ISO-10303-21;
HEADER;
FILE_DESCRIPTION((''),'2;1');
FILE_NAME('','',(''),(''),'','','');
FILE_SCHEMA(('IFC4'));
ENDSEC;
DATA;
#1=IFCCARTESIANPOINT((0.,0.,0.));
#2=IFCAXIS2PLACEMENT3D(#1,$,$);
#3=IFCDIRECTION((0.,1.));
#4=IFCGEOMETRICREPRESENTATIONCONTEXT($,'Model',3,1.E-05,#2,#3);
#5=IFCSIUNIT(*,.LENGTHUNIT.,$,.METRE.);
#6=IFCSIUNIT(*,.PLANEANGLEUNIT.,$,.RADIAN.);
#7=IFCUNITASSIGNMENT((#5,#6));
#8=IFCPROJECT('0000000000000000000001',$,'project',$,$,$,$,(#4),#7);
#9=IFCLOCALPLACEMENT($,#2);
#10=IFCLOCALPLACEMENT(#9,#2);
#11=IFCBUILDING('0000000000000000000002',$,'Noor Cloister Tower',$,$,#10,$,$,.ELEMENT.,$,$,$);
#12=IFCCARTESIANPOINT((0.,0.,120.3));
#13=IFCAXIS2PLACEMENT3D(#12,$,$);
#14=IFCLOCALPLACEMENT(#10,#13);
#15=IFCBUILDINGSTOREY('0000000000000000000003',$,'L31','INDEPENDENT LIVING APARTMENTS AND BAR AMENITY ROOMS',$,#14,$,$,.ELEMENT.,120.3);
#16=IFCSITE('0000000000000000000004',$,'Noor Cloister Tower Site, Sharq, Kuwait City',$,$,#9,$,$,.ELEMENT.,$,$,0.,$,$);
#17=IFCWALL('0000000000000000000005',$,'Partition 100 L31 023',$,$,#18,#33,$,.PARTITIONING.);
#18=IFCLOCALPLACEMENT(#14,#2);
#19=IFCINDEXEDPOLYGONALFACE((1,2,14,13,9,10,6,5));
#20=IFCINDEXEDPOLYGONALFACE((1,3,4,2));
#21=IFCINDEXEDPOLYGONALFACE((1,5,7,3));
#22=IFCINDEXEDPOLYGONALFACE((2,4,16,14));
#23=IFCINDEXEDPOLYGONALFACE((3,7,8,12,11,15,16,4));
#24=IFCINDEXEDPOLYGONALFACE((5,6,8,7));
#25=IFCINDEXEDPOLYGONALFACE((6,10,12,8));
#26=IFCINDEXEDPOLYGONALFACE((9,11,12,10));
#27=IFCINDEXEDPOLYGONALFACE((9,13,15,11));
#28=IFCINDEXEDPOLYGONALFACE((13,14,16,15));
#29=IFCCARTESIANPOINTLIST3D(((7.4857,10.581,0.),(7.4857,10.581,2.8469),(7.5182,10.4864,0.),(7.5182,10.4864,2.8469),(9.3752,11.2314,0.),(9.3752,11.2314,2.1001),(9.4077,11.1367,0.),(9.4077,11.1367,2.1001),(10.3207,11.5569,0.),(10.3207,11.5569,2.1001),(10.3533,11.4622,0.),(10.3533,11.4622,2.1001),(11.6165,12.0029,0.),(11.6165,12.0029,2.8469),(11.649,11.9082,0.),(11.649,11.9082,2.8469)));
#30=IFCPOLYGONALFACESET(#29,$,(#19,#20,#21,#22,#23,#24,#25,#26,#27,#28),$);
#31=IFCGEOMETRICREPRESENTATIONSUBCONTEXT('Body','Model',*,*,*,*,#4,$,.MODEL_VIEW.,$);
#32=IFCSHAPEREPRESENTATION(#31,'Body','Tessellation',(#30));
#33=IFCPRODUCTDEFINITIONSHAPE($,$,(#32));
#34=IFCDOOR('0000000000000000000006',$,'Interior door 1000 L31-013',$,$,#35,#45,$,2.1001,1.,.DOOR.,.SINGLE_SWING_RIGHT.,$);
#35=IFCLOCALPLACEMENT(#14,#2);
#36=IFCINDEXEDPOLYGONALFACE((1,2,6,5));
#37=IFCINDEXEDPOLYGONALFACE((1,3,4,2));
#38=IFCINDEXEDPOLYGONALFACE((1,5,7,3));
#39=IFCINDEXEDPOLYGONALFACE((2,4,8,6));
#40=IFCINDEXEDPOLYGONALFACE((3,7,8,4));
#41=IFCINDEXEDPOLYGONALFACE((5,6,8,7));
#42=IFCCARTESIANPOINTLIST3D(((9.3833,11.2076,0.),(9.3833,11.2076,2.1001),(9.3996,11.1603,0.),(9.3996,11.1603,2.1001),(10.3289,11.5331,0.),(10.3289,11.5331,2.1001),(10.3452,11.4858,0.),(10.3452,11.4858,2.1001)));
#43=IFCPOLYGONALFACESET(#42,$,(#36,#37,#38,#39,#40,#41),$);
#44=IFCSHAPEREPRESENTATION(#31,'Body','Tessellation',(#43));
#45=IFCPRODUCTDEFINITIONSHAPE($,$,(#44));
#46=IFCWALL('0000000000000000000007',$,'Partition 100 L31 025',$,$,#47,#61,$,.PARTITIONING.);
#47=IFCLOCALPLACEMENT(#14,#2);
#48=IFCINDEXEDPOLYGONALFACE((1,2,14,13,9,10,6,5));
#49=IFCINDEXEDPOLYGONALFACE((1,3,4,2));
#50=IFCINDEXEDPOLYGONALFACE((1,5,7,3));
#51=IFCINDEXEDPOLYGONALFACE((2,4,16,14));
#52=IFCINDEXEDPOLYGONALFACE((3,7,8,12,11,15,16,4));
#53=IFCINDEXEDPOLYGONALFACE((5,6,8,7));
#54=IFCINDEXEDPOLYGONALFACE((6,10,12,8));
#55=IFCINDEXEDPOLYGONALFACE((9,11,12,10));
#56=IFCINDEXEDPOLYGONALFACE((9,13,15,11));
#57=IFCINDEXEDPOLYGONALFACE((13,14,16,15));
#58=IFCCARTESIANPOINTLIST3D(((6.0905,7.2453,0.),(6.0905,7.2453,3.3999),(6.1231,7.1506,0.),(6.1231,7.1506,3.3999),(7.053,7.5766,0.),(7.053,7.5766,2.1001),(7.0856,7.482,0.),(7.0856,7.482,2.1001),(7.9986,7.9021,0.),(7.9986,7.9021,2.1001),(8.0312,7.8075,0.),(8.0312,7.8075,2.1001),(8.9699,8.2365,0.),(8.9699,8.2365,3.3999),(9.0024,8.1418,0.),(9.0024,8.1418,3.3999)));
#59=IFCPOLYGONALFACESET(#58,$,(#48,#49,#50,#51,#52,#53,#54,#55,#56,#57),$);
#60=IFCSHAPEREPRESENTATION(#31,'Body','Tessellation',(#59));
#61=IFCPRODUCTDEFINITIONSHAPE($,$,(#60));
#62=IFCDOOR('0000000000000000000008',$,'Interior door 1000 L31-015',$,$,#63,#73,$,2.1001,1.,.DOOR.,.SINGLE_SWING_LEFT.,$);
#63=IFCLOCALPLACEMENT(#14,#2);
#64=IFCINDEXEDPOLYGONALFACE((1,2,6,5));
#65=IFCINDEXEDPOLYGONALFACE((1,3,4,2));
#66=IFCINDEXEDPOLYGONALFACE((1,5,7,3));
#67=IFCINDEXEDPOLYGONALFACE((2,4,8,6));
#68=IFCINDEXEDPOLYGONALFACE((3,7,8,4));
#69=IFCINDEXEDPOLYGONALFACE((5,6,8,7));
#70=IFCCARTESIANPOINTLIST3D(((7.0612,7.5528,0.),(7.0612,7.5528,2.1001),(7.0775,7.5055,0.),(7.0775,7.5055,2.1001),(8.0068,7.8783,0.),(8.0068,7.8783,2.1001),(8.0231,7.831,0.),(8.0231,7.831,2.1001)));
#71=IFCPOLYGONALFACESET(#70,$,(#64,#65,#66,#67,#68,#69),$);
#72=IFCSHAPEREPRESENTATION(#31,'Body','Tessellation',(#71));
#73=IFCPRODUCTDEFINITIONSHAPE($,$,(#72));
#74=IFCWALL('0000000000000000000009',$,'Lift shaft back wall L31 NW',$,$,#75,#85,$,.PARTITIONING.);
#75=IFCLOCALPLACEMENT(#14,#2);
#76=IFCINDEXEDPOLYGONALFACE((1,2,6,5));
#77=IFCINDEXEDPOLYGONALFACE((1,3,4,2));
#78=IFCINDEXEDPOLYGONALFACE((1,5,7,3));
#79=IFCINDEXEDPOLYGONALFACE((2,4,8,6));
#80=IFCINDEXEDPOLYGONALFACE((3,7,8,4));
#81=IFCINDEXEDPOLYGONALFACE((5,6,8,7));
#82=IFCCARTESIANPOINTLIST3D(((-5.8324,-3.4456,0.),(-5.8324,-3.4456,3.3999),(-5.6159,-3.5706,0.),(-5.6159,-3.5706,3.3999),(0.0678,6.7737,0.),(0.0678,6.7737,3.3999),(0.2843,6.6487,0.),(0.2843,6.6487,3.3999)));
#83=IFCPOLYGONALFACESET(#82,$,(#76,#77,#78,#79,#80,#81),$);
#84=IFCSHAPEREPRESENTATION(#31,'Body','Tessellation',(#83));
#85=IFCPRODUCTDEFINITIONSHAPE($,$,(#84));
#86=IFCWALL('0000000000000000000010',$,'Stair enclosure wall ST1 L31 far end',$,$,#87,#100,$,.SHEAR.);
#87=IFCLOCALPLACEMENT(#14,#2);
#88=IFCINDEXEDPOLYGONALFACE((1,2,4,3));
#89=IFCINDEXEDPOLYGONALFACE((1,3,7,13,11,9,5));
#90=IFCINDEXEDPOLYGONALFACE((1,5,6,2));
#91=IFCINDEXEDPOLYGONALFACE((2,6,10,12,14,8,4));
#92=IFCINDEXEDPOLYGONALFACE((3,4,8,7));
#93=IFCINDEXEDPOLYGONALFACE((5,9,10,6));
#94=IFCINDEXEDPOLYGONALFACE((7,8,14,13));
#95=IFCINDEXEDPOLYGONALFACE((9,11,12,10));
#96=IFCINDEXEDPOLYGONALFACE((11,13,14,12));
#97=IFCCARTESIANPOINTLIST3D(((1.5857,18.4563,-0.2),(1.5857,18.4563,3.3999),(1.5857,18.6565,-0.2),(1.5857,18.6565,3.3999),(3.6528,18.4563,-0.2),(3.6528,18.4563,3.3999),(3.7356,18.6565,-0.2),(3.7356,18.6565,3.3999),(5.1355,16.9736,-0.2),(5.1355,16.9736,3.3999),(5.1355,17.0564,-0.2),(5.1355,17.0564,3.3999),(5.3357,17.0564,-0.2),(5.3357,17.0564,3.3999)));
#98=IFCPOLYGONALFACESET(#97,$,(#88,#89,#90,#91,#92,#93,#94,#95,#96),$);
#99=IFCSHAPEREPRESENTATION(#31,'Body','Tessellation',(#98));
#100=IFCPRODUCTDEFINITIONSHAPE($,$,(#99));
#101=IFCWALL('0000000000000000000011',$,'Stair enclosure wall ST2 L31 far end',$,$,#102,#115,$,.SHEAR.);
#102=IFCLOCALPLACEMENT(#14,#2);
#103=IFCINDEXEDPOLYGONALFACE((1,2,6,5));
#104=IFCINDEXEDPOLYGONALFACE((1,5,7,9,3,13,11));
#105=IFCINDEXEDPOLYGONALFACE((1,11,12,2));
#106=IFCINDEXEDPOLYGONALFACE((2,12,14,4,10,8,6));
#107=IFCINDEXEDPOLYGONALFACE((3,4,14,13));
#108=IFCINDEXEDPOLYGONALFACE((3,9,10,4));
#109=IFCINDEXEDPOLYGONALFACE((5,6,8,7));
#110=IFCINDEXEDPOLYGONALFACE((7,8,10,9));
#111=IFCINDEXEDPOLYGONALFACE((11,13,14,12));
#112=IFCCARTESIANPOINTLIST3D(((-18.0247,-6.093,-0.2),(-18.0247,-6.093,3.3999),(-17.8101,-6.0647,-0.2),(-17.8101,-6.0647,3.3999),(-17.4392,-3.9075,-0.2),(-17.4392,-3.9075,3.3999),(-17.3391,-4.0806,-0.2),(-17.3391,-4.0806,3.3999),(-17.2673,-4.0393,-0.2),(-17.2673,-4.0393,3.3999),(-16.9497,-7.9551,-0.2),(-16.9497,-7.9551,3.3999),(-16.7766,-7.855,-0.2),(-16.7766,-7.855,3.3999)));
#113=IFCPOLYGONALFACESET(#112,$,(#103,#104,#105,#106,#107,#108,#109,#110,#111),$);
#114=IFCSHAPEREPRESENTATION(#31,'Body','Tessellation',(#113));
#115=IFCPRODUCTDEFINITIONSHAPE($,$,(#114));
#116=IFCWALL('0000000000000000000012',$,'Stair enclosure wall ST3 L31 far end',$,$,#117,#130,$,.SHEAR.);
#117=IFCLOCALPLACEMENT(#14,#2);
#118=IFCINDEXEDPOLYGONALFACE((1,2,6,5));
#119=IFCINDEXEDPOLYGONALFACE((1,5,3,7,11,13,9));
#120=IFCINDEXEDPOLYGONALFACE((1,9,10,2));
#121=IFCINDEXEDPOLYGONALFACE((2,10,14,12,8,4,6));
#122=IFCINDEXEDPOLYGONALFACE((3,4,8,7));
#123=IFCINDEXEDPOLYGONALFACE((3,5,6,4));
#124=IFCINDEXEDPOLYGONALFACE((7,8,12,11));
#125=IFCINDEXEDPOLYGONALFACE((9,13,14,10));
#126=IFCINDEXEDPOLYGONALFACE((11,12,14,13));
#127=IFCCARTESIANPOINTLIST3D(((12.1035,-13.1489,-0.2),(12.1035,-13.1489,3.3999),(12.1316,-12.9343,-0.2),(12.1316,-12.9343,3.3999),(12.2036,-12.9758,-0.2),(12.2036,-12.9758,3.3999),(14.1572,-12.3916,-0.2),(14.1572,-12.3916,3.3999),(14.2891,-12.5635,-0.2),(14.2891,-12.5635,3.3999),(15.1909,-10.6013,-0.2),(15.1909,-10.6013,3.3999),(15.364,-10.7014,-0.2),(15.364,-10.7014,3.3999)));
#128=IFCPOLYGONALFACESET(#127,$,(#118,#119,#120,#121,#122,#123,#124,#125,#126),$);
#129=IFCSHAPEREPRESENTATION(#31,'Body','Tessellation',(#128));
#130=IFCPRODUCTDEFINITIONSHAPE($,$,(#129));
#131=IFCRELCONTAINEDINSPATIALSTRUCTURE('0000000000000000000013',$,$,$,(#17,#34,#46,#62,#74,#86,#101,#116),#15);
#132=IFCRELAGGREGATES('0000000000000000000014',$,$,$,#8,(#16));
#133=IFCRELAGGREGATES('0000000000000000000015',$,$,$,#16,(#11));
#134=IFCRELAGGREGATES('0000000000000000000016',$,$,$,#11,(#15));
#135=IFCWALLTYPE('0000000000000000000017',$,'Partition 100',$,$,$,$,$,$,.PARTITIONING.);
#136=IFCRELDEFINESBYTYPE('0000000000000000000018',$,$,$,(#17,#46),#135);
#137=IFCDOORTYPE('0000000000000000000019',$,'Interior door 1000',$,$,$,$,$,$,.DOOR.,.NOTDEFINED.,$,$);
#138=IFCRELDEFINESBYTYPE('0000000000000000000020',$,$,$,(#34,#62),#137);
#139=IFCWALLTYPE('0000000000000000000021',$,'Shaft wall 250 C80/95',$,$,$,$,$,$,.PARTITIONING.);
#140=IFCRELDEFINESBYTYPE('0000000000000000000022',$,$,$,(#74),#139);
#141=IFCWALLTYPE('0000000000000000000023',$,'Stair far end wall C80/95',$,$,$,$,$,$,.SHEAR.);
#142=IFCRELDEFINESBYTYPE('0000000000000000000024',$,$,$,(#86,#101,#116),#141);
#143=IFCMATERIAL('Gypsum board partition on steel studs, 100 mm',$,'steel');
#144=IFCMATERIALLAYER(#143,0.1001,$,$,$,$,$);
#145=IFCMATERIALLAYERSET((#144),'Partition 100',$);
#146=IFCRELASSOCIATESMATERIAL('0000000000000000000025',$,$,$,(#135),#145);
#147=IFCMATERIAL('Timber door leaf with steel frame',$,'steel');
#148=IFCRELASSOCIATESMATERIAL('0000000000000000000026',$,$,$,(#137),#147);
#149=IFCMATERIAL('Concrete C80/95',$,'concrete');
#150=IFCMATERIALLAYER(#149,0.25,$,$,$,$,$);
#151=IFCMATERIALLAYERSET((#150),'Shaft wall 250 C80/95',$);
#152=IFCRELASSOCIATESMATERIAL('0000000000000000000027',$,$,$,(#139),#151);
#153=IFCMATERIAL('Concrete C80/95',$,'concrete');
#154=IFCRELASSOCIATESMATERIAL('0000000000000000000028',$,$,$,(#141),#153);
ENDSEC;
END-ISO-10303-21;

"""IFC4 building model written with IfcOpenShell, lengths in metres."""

from ifc_helpers import new_model, si_unit, direction, frame, frame_2d, origin, place, context, subcontext, project, spatial, polyline, rectangle, outline, extrude, material, layer, layer_set, type_object, element, fill, save


model = new_model("IFC4")

# Units and contexts
model_context = context("Model", 3, precision=1e-05, world=origin(), true_north=direction((0.0, 1.0)))
body_context = subcontext(model_context, "Body", "Model", "MODEL_VIEW")
ifc_project = project(units=[si_unit("LENGTHUNIT", "METRE"), si_unit("PLANEANGLEUNIT", "RADIAN")], contexts=[model_context])

# Site, building, storey
site_placement = place(None, origin())
site = spatial("IfcSite", under=ifc_project, at=site_placement, Name="Noor Cloister Tower Site, Sharq, Kuwait City", CompositionType="ELEMENT", RefElevation=0.0)
building_placement = place(site_placement, origin())
building = spatial("IfcBuilding", under=site, at=building_placement, Name="Noor Cloister Tower", CompositionType="ELEMENT")
storey_placement = place(building_placement, frame((0.0, 0.0, 120.3)))
storey = spatial("IfcBuildingStorey", under=building, at=storey_placement, Name="L31", Description="INDEPENDENT LIVING APARTMENTS AND BAR AMENITY ROOMS", CompositionType="ELEMENT", Elevation=120.3)

# Walls, openings, doors
ifc_material_1 = material(Name="Gypsum board partition on steel studs, 100 mm", Category="steel")
ifc_layer_1 = layer(ifc_material_1, 0.1001)
ifc_layer_set_1 = layer_set([ifc_layer_1], Name="Partition 100")
wall_type_1 = type_object("IfcWallType", Name="Partition 100", PredefinedType="PARTITIONING", material=ifc_layer_set_1)
wall_1_placement = place(storey_placement, frame((7.502, 10.5337, 0.0), z_axis=(0.0, 0.0, 1.0), x_axis=(0.945553, 0.325467, 0.0)))
wall_1 = element("IfcWall", 1, at=wall_1_placement, inside=storey, type_object=wall_type_1, Name="Partition 100 L31 023", PredefinedType="PARTITIONING", context=body_context, shape_type="SweptSolid", body=[
    extrude(rectangle(XDim=4.3687, YDim=0.1001, at=frame_2d((2.1843, 0.0))), origin(), (0.0, 0.0, 1.0), 2.8469),
])
opening_1_placement = place(wall_1_placement, frame((1.9983, 0.0, 0.0)))
opening_1 = element("IfcOpeningElement", 2, at=opening_1_placement, cuts=wall_1, PredefinedType="OPENING", context=body_context, shape_type="SweptSolid", body=[
    extrude(rectangle(XDim=1.0, YDim=2.1001, at=frame_2d((0.5, 1.05))), frame((0.0, 0.0601, 0.0), z_axis=(0.0, -1.0, 0.0), x_axis=(1.0, 0.0, 0.0)), (0.0, 0.0, 1.0), 0.1201),
])
ifc_material_2 = material(Name="Timber door leaf with steel frame", Category="steel")
door_type_1 = type_object("IfcDoorType", Name="Interior door 1000", OperationType="NOTDEFINED", PredefinedType="DOOR", material=ifc_material_2)
door_1_placement = place(opening_1_placement, origin())
door_1 = element("IfcDoor", 3, at=door_1_placement, inside=storey, type_object=door_type_1, Name="Interior door 1000 L31-013", OperationType="SINGLE_SWING_RIGHT", OverallHeight=2.1001, OverallWidth=1.0, PredefinedType="DOOR", context=body_context, shape_type="SweptSolid", body=[
    extrude(rectangle(XDim=1.0, YDim=2.1001, at=frame_2d((0.5, 1.05))), frame((0.0, 0.0249, 0.0), z_axis=(0.0, -1.0, 0.0), x_axis=(1.0, 0.0, 0.0)), (0.0, 0.0, 1.0), 0.05),
])
fill(opening_1, door_1)
wall_2_placement = place(storey_placement, frame((6.1069, 7.198, 0.0), z_axis=(0.0, 0.0, 1.0), x_axis=(0.945543, 0.325496, 0.0)))
wall_2 = element("IfcWall", 4, at=wall_2_placement, inside=storey, type_object=wall_type_1, Name="Partition 100 L31 025", PredefinedType="PARTITIONING", context=body_context, shape_type="SweptSolid", body=[
    extrude(rectangle(XDim=3.0452, YDim=0.1001, at=frame_2d((1.5225, 0.0))), origin(), (0.0, 0.0, 1.0), 3.3999),
])
opening_2_placement = place(wall_2_placement, frame((1.0178, 0.0, 0.0)))
opening_2 = element("IfcOpeningElement", 5, at=opening_2_placement, cuts=wall_2, PredefinedType="OPENING", context=body_context, shape_type="SweptSolid", body=[
    extrude(rectangle(XDim=1.0, YDim=2.1001, at=frame_2d((0.5, 1.05))), frame((0.0, 0.0601, 0.0), z_axis=(0.0, -1.0, 0.0), x_axis=(1.0, 0.0, 0.0)), (0.0, 0.0, 1.0), 0.1201),
])
door_2_placement = place(opening_2_placement, origin())
door_2 = element("IfcDoor", 6, at=door_2_placement, inside=storey, type_object=door_type_1, Name="Interior door 1000 L31-015", OperationType="SINGLE_SWING_LEFT", OverallHeight=2.1001, OverallWidth=1.0, PredefinedType="DOOR", context=body_context, shape_type="SweptSolid", body=[
    extrude(rectangle(XDim=1.0, YDim=2.1001, at=frame_2d((0.5, 1.05))), frame((0.0, 0.0249, 0.0), z_axis=(0.0, -1.0, 0.0), x_axis=(1.0, 0.0, 0.0)), (0.0, 0.0, 1.0), 0.05),
])
fill(opening_2, door_2)

# Walls
ifc_material_3 = material(Name="Concrete C80/95", Category="concrete")
ifc_layer_2 = layer(ifc_material_3, 0.25)
ifc_layer_set_2 = layer_set([ifc_layer_2], Name="Shaft wall 250 C80/95")
wall_type_2 = type_object("IfcWallType", Name="Shaft wall 250 C80/95", PredefinedType="PARTITIONING", material=ifc_layer_set_2)
wall_3_placement = place(storey_placement, frame((0.176, 6.7112, 0.0), z_axis=(0.0, 0.0, 1.0), x_axis=(-0.500004, -0.866023, 0.0)))
element("IfcWall", 7, at=wall_3_placement, inside=storey, type_object=wall_type_2, Name="Lift shaft back wall L31 NW", PredefinedType="PARTITIONING", context=body_context, shape_type="SweptSolid", body=[
    extrude(rectangle(XDim=11.8003, YDim=0.25, at=frame_2d((5.9001, 0.0))), origin(), (0.0, 0.0, 1.0), 3.3999),
])
ifc_material_4 = material(Name="Concrete C80/95", Category="concrete")
wall_type_3 = type_object("IfcWallType", Name="Stair far end wall C80/95", PredefinedType="SHEAR", material=ifc_material_4)
wall_4_placement = place(storey_placement, frame((0.0, 0.0, -0.2)))
element("IfcWall", 8, at=wall_4_placement, inside=storey, type_object=wall_type_3, Name="Stair enclosure wall ST1 L31 far end", PredefinedType="SHEAR", context=body_context, shape_type="SweptSolid", body=[
    extrude(outline(polyline([(5.3357, 17.0564), (3.7356, 18.6565), (1.5857, 18.6565), (1.5857, 18.4563), (3.6528, 18.4563), (5.1355, 16.9736), (5.1355, 17.0564), (5.1355, 17.0564), (5.1355, 17.0564), (5.1355, 17.0564), (5.1355, 17.0564), (5.1355, 17.0564), (5.1355, 17.0564), (5.1355, 17.0564), (5.1355, 17.0564), (5.1355, 17.0564), (5.1355, 17.0564), (5.1355, 17.0564), (5.1355, 17.0564), (5.1355, 17.0564), (5.1355, 17.0564), (5.1355, 17.0564), (5.1355, 17.0564), (5.3357, 17.0564)])), origin(), (0.0, 0.0, 1.0), 3.5999),
])
wall_5_placement = place(storey_placement, frame((0.0, 0.0, -0.2)))
element("IfcWall", 9, at=wall_5_placement, inside=storey, type_object=wall_type_3, Name="Stair enclosure wall ST2 L31 far end", PredefinedType="SHEAR", context=body_context, shape_type="SweptSolid", body=[
    extrude(outline(polyline([(-17.4392, -3.9075), (-18.0247, -6.093), (-16.9497, -7.9551), (-16.7766, -7.855), (-17.8101, -6.0647), (-17.2673, -4.0393), (-17.3391, -4.0806), (-17.3391, -4.0806), (-17.3391, -4.0806), (-17.3391, -4.0806), (-17.3391, -4.0806), (-17.3391, -4.0806), (-17.3391, -4.0806), (-17.3391, -4.0806), (-17.3391, -4.0806), (-17.3391, -4.0806), (-17.3391, -4.0806), (-17.3391, -4.0806), (-17.3391, -4.0806), (-17.3391, -4.0806), (-17.3391, -4.0806), (-17.3391, -4.0806), (-17.3391, -4.0806), (-17.4392, -3.9075)])), origin(), (0.0, 0.0, 1.0), 3.5999),
])
wall_6_placement = place(storey_placement, frame((0.0, 0.0, -0.2)))
element("IfcWall", 10, at=wall_6_placement, inside=storey, type_object=wall_type_3, Name="Stair enclosure wall ST3 L31 far end", PredefinedType="SHEAR", context=body_context, shape_type="SweptSolid", body=[
    extrude(outline(polyline([(12.1035, -13.1489), (14.2891, -12.5635), (15.364, -10.7014), (15.1909, -10.6013), (14.1572, -12.3916), (12.1316, -12.9343), (12.2036, -12.9758), (12.2036, -12.9758), (12.2036, -12.9758), (12.2036, -12.9758), (12.2036, -12.9758), (12.2036, -12.9758), (12.2036, -12.9758), (12.2036, -12.9758), (12.2036, -12.9758), (12.2036, -12.9758), (12.2036, -12.9758), (12.2036, -12.9758), (12.2036, -12.9758), (12.2036, -12.9758), (12.2036, -12.9758), (12.2036, -12.9758), (12.2036, -12.9758), (12.1035, -13.1489)])), origin(), (0.0, 0.0, 1.0), 3.5999),
])

save(model, "model.ifc")
